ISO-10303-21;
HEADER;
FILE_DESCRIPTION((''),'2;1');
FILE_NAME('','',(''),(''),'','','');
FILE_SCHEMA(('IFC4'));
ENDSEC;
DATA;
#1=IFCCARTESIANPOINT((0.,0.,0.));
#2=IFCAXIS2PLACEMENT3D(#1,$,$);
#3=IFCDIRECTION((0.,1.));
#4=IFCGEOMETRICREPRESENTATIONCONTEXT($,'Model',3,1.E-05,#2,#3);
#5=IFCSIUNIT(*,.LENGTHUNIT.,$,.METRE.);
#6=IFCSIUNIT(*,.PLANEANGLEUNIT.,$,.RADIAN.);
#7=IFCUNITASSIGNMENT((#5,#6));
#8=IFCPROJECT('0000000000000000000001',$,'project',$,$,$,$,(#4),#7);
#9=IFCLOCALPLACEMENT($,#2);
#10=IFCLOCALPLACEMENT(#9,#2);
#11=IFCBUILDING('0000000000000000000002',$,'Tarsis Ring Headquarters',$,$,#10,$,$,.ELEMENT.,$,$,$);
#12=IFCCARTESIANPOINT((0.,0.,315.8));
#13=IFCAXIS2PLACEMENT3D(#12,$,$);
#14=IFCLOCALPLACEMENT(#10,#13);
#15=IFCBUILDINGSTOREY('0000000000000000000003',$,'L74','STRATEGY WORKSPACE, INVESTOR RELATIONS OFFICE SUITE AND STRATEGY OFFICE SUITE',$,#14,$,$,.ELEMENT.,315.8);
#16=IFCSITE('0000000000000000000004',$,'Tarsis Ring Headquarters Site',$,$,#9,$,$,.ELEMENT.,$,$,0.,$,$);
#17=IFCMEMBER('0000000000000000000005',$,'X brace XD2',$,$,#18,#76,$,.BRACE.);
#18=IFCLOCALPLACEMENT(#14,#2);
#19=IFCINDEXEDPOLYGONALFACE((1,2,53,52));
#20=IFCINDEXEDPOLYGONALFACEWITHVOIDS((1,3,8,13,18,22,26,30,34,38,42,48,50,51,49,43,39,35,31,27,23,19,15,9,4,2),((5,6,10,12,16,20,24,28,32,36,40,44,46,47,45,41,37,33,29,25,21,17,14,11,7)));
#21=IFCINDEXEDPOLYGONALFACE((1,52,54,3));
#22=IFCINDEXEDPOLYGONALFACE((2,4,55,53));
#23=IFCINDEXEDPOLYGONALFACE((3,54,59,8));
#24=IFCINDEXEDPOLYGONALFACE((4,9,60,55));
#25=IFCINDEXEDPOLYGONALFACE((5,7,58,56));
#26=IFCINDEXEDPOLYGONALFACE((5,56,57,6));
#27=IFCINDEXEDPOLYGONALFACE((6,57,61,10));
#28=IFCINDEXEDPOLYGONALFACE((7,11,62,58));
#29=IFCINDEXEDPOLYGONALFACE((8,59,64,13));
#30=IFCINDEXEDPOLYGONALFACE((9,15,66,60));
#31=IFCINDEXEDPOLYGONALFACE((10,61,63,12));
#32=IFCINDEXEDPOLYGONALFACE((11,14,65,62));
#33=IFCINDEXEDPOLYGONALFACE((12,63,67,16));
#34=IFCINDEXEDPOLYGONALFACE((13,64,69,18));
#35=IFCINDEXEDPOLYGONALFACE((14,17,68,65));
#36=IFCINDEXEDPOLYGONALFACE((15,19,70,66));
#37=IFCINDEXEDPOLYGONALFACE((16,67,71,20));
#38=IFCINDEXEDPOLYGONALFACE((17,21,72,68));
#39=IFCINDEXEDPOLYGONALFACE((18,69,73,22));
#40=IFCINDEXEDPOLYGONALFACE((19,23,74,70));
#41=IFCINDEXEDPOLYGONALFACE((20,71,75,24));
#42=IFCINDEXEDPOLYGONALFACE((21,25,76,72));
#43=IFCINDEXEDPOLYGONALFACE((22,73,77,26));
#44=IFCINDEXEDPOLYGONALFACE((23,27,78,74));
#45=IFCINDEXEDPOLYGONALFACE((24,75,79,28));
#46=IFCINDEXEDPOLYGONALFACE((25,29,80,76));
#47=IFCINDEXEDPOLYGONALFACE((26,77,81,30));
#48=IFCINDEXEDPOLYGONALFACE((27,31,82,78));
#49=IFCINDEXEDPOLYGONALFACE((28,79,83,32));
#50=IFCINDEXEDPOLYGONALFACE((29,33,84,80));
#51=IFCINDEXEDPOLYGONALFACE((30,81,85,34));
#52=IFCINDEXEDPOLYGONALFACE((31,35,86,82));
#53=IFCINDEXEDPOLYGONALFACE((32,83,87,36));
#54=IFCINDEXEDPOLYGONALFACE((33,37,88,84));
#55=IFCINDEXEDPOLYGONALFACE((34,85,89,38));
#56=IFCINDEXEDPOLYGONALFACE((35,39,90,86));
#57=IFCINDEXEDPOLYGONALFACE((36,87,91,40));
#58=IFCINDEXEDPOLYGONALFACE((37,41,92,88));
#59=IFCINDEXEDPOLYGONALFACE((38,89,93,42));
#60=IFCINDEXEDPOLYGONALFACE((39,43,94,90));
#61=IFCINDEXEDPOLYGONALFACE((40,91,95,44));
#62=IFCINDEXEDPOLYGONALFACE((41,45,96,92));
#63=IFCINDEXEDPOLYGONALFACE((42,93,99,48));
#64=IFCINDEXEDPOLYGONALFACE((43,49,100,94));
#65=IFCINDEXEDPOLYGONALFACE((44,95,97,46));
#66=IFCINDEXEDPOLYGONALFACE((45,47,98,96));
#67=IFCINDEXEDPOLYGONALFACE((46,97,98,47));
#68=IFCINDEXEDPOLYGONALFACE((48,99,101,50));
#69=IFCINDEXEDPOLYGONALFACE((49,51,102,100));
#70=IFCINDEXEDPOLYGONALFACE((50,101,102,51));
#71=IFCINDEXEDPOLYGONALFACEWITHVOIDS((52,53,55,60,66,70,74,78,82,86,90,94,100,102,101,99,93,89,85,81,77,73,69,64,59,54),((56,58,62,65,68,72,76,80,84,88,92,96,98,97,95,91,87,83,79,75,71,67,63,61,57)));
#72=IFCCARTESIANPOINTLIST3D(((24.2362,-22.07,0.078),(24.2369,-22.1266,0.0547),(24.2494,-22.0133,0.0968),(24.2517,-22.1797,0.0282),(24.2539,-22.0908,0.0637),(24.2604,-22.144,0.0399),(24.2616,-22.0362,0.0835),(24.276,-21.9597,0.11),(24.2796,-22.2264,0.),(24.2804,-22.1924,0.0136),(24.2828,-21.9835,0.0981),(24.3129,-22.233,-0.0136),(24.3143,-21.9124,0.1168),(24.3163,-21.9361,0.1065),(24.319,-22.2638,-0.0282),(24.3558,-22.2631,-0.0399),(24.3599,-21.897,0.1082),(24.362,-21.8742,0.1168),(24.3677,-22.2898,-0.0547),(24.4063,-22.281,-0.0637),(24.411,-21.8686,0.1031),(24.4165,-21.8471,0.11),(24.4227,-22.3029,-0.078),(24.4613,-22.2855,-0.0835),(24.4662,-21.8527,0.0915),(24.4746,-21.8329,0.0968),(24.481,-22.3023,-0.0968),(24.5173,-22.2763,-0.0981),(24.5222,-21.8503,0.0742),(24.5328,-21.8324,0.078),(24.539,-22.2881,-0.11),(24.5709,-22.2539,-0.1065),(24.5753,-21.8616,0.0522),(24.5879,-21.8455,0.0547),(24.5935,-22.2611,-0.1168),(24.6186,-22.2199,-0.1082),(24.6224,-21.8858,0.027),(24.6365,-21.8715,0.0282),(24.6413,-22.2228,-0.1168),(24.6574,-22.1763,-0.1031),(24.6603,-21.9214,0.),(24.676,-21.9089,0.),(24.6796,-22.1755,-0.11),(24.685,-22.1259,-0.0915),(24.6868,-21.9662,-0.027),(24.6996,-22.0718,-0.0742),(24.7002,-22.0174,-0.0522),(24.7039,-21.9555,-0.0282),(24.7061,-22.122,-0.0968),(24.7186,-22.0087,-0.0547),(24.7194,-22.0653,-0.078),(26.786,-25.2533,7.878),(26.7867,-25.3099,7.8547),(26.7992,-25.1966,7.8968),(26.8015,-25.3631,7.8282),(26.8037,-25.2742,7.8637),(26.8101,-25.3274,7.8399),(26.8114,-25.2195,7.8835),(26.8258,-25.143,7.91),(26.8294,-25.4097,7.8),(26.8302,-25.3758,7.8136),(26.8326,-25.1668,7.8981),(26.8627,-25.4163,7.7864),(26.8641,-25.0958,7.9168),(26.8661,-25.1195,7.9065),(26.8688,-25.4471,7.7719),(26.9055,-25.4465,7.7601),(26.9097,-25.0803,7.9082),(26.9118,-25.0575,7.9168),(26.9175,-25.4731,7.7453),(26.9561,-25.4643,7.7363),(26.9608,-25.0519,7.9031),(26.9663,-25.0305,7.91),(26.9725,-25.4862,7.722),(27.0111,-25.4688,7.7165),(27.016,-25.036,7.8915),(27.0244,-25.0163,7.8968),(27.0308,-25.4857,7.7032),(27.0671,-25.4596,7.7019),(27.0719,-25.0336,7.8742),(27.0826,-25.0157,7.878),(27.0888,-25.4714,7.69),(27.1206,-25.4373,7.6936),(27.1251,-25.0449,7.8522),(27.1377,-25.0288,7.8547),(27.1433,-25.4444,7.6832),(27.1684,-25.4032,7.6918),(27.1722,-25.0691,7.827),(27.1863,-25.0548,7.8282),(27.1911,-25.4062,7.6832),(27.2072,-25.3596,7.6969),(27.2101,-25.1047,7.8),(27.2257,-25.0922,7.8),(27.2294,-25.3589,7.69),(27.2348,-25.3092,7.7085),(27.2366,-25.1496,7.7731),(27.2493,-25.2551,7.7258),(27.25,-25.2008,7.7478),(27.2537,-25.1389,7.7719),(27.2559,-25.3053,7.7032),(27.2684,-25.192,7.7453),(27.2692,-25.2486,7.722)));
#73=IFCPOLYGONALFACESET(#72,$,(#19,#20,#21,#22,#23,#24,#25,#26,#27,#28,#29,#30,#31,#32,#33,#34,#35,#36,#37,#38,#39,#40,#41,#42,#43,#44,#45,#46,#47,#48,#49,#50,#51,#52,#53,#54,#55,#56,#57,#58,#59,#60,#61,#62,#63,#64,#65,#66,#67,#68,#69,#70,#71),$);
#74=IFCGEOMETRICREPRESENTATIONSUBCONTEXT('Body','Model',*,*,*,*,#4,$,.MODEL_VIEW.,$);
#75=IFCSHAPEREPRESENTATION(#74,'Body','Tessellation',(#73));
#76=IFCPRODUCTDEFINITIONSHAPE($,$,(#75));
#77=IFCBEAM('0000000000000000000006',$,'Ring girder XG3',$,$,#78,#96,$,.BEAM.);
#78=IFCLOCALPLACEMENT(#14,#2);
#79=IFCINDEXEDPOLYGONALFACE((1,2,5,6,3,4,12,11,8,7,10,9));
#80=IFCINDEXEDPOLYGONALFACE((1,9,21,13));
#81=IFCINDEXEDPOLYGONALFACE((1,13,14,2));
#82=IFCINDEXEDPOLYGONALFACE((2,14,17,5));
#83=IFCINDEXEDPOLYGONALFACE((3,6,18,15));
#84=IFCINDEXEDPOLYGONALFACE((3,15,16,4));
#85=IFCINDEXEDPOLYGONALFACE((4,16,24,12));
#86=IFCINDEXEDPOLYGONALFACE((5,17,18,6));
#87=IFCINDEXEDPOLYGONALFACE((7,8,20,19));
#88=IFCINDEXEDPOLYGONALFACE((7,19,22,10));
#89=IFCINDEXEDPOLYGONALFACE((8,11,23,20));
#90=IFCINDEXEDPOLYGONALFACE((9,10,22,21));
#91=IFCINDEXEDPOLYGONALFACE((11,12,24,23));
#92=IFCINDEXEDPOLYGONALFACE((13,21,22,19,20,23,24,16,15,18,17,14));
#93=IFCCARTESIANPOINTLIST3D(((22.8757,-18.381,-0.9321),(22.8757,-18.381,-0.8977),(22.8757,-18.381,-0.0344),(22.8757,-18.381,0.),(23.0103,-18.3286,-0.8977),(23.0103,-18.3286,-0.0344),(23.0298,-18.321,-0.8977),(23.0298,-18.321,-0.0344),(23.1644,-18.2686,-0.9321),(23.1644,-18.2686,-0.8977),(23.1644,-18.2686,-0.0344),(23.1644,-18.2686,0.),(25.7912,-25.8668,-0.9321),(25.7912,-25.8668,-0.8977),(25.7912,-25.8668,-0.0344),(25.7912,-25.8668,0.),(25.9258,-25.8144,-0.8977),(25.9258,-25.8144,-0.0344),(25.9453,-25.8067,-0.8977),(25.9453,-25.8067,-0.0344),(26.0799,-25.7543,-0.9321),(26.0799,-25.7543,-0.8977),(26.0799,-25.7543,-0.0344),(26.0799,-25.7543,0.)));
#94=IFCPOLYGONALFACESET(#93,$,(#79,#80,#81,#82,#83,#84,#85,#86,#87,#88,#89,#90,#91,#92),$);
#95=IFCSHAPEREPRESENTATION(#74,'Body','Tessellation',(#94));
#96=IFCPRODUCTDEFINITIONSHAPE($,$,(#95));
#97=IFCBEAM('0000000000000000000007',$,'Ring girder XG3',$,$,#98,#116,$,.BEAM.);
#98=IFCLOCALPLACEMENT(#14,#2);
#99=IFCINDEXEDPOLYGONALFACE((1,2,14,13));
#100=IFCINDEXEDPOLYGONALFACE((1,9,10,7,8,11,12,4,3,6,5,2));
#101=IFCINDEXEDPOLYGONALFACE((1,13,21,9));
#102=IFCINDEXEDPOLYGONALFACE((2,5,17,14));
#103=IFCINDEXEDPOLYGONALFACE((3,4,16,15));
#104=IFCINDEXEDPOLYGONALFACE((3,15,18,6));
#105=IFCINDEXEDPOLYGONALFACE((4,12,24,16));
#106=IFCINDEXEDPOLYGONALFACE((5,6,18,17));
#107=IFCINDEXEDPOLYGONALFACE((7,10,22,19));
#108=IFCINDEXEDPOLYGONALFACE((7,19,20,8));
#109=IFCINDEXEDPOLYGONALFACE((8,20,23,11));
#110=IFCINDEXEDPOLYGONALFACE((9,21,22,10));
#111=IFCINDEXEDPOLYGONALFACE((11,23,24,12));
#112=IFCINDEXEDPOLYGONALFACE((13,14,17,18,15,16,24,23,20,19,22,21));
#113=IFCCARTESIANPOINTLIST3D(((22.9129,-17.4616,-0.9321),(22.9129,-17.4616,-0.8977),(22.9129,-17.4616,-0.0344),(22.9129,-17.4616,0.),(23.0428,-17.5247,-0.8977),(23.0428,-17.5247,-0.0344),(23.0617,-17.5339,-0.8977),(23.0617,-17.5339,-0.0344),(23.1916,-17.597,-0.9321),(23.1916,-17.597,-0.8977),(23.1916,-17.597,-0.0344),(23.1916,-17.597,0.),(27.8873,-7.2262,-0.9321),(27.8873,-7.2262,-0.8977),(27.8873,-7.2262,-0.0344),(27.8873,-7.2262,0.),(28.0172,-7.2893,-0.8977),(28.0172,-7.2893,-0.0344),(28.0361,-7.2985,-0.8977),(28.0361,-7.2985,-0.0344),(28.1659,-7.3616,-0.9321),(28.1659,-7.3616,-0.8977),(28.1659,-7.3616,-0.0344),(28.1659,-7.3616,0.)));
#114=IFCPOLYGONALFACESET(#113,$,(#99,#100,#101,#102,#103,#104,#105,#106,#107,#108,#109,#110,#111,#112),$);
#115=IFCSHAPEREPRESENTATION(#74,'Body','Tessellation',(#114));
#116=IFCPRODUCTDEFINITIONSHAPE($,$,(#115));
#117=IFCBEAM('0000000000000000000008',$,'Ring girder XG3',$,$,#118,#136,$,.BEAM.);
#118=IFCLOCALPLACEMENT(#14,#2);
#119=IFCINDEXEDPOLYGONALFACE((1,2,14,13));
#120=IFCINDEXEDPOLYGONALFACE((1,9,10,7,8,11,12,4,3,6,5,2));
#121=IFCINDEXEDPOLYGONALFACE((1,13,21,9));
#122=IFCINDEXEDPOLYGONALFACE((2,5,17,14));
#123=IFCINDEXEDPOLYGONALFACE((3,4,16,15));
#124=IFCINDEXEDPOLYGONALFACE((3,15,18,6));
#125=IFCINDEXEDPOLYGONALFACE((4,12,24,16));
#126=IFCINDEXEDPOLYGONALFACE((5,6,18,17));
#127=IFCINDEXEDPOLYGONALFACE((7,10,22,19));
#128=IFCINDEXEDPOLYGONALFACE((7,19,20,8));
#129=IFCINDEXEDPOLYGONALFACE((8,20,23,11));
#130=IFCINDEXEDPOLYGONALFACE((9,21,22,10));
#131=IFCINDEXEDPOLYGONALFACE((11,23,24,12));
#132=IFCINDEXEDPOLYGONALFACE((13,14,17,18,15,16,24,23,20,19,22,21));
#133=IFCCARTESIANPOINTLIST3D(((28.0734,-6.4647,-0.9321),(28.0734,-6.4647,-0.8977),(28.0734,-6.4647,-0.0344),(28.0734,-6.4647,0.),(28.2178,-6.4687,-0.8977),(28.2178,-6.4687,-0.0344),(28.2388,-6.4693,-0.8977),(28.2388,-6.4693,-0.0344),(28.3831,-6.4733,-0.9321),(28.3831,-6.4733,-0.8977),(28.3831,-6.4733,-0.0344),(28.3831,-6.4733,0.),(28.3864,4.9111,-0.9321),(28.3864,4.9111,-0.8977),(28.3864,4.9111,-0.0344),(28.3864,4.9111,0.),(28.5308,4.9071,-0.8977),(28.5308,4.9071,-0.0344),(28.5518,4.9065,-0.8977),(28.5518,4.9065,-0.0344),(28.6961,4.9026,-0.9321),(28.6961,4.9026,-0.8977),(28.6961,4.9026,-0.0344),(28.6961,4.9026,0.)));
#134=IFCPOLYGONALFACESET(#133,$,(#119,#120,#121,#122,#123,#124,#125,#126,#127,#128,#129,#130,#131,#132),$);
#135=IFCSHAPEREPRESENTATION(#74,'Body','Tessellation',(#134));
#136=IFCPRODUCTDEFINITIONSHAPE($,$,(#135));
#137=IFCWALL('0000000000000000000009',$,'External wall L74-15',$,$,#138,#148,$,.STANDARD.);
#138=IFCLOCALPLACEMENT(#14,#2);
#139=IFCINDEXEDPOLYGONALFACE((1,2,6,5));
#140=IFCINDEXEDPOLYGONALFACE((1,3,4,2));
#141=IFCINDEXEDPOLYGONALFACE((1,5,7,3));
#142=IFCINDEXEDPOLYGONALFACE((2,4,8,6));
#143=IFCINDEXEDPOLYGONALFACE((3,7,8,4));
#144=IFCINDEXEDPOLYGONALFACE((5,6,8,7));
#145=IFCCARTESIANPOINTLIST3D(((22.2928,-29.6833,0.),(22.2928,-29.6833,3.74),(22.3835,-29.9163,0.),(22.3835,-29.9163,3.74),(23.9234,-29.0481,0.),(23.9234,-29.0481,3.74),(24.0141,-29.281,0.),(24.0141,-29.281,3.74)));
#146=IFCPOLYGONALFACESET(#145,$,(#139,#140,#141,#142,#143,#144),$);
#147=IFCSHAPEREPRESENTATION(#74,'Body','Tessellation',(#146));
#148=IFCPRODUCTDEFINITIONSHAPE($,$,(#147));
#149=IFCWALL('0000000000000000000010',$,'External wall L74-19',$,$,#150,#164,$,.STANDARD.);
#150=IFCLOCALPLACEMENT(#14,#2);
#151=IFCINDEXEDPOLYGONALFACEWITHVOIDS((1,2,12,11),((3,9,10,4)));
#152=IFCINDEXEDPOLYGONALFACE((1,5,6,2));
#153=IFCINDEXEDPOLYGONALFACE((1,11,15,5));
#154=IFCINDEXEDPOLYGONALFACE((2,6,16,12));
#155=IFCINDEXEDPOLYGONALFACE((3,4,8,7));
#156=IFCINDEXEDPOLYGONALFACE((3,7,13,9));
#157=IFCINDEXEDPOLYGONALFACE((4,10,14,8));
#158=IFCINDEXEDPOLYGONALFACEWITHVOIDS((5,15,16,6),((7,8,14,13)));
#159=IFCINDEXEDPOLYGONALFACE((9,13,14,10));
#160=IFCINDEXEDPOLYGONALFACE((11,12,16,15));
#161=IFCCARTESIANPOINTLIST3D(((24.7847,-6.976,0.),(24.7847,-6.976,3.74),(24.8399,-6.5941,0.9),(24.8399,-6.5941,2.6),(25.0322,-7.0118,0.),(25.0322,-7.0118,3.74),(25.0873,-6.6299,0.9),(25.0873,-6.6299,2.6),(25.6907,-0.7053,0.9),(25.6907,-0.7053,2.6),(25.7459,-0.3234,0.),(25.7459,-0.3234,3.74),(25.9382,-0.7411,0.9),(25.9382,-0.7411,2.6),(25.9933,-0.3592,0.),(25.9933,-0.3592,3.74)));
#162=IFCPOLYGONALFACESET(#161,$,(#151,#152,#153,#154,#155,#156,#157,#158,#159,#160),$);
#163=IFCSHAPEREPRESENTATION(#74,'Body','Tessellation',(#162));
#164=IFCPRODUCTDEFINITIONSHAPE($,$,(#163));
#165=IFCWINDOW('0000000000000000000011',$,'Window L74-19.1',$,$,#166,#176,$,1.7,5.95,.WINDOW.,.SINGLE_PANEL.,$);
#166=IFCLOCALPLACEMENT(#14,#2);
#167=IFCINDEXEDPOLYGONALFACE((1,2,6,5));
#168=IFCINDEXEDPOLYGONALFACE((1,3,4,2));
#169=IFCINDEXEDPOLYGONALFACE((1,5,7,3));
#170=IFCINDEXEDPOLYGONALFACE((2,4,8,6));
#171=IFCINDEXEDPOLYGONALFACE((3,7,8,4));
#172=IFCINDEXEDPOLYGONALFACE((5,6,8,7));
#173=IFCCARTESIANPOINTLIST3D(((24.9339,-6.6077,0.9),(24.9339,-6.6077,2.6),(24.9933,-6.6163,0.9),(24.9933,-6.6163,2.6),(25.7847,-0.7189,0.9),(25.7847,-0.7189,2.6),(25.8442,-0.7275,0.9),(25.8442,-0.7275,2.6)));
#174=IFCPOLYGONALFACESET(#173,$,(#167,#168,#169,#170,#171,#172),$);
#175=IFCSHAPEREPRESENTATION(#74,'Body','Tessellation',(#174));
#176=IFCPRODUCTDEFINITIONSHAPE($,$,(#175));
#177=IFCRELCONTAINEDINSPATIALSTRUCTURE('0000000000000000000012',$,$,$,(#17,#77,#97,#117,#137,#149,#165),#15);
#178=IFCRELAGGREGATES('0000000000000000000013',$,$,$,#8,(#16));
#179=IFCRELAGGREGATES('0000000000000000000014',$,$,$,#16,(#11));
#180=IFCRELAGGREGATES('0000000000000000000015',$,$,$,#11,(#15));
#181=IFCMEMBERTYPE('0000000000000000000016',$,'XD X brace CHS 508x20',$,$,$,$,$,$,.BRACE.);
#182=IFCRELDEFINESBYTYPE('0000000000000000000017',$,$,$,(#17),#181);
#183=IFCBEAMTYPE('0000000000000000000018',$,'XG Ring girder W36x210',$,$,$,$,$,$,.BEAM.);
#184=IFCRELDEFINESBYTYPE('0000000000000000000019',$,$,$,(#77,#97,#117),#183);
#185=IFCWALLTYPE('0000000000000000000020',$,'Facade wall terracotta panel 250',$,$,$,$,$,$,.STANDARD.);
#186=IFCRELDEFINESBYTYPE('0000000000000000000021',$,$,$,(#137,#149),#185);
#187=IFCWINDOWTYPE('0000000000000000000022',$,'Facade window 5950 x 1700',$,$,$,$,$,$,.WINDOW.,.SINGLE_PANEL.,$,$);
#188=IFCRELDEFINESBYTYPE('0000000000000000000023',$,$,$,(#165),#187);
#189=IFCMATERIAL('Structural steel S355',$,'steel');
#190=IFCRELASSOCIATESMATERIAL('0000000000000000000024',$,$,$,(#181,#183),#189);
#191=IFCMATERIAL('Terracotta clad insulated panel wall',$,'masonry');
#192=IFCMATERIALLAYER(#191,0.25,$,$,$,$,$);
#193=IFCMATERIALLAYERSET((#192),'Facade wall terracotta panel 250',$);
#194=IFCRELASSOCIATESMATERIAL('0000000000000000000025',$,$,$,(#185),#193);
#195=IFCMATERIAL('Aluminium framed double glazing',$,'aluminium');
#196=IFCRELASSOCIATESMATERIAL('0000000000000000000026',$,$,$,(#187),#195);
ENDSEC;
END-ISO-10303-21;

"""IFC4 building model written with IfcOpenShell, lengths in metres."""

from ifc_helpers import new_model, si_unit, direction, frame, frame_2d, origin, origin_2d, place, context, subcontext, project, spatial, rectangle, hollow_circle, i_section, extrude, material, layer, layer_set, material_profile, profile_set, type_object, element, fill, save


model = new_model("IFC4")

# Units and contexts
model_context = context("Model", 3, precision=1e-05, world=origin(), true_north=direction((0.0, 1.0)))
body_context = subcontext(model_context, "Body", "Model", "MODEL_VIEW")
ifc_project = project(units=[si_unit("LENGTHUNIT", "METRE"), si_unit("PLANEANGLEUNIT", "RADIAN")], contexts=[model_context])

# Site, building, storey
site_placement = place(None, origin())
site = spatial("IfcSite", under=ifc_project, at=site_placement, Name="Tarsis Ring Headquarters Site", CompositionType="ELEMENT", RefElevation=0.0)
building_placement = place(site_placement, origin())
building = spatial("IfcBuilding", under=site, at=building_placement, Name="Tarsis Ring Headquarters", CompositionType="ELEMENT")
storey_placement = place(building_placement, frame((0.0, 0.0, 315.8)))
storey = spatial("IfcBuildingStorey", under=building, at=storey_placement, Name="L74", Description="STRATEGY WORKSPACE, INVESTOR RELATIONS OFFICE SUITE AND STRATEGY OFFICE SUITE", CompositionType="ELEMENT", Elevation=315.8)

# Shared definitions
ifc_material_1 = material(Name="Structural steel S355", Category="steel")

# Member
ifc_material_profile_1 = material_profile(ifc_material_1, hollow_circle(Radius=0.2539, WallThickness=0.02, at=origin_2d()), Name="CHS 508x20")
ifc_profile_set_1 = profile_set([ifc_material_profile_1], Name="Structural steel S355")
member_type = type_object("IfcMemberType", Name="XD X brace CHS 508x20", PredefinedType="BRACE", material=ifc_profile_set_1)
member_1_placement = place(storey_placement, frame((24.4778, -22.0676, 0.0), z_axis=(0.289683, -0.36166, 0.886163), x_axis=(0.780495, 0.625162, 0.0)))
element("IfcMember", 1, at=member_1_placement, inside=storey, type_object=member_type, Name="X brace XD2", PredefinedType="BRACE", context=body_context, shape_type="SweptSolid", body=[
    extrude(hollow_circle(Radius=0.2539, WallThickness=0.02, at=origin_2d()), origin(), (0.0, 0.0, 1.0), 8.802),
])

# Beams
ifc_material_profile_2 = material_profile(ifc_material_1, i_section(OverallWidth=0.3098, OverallDepth=0.9321, WebThickness=0.021, FlangeThickness=0.0344, at=origin_2d()), Name="W36x210")
ifc_profile_set_2 = profile_set([ifc_material_profile_2], Name="Structural steel S355")
beam_type = type_object("IfcBeamType", Name="XG Ring girder W36x210", PredefinedType="BEAM", material=ifc_profile_set_2)
beam_placement = place(storey_placement, frame((25.9355, -25.8105, -0.4661), z_axis=(-0.362918, 0.931821, 0.0), x_axis=(-0.931821, -0.362918, 0.0)))
element("IfcBeam", 2, at=beam_placement, inside=storey, type_object=beam_type, Name="Ring girder XG3", PredefinedType="BEAM", context=body_context, shape_type="SweptSolid", body=[
    extrude(i_section(OverallWidth=0.3098, OverallDepth=0.9321, WebThickness=0.021, FlangeThickness=0.0344, at=origin_2d()), origin(), (0.0, 0.0, 1.0), 8.0334),
])
for number, where, z_axis, x_axis, name in (
    (3, (23.0522, -17.5293, -0.4661), (0.437111, 0.899408, 0.0), (-0.899408, 0.437111, 0.0), "Ring girder XG3"),
    (4, (28.2283, -6.469, -0.4661), (0.027503, 0.999622, 0.0), (-0.999622, 0.027503, 0.0), "Ring girder XG3"),
):
    element("IfcBeam", number, at=place(storey_placement, frame(where, z_axis=z_axis, x_axis=x_axis)), inside=storey, type_object=beam_type, Name=name, PredefinedType="BEAM", context=body_context, shape_type="SweptSolid", body=[
        extrude(i_section(OverallWidth=0.3098, OverallDepth=0.9321, WebThickness=0.021, FlangeThickness=0.0344, at=origin_2d()), origin(), (0.0, 0.0, 1.0), 11.3801),
    ])

# Wall
ifc_material_2 = material(Name="Terracotta clad insulated panel wall", Category="masonry")
ifc_layer = layer(ifc_material_2, 0.25)
ifc_layer_set = layer_set([ifc_layer], Name="Facade wall terracotta panel 250")
wall_type = type_object("IfcWallType", Name="Facade wall terracotta panel 250", PredefinedType="STANDARD", material=ifc_layer_set)
wall_1_placement = place(storey_placement, frame((22.3381, -29.7998, 0.0), z_axis=(0.0, 0.0, 1.0), x_axis=(0.931787, 0.363005, 0.0)))
element("IfcWall", 5, at=wall_1_placement, inside=storey, type_object=wall_type, Name="External wall L74-15", PredefinedType="STANDARD", context=body_context, shape_type="SweptSolid", body=[
    extrude(rectangle(XDim=1.75, YDim=0.25, at=frame_2d((0.875, 0.0))), origin(), (0.0, 0.0, 1.0), 3.74),
])

# Shared definitions
ifc_material_3 = material(Name="Aluminium framed double glazing", Category="aluminium")

# Wall, opening, window
wall_2_placement = place(storey_placement, frame((24.9084, -6.9939, 0.0), z_axis=(0.0, 0.0, 1.0), x_axis=(0.142998, 0.989723, 0.0)))
wall_2 = element("IfcWall", 6, at=wall_2_placement, inside=storey, type_object=wall_type, Name="External wall L74-19", PredefinedType="STANDARD", context=body_context, shape_type="SweptSolid", body=[
    extrude(rectangle(XDim=6.7217, YDim=0.25, at=frame_2d((3.3608, 0.0))), origin(), (0.0, 0.0, 1.0), 3.74),
])
opening_1_placement = place(wall_2_placement, frame((0.3857, 0.0, 0.8999)))
opening_1 = element("IfcOpeningElement", 7, at=opening_1_placement, cuts=wall_2, PredefinedType="OPENING", context=body_context, shape_type="SweptSolid", body=[
    extrude(rectangle(XDim=5.95, YDim=1.7, at=frame_2d((2.9751, 0.8501))), frame((0.0, 0.135, 0.0), z_axis=(0.0, -1.0, 0.0), x_axis=(1.0, 0.0, 0.0)), (0.0, 0.0, 1.0), 0.27),
])
window_type = type_object("IfcWindowType", Name="Facade window 5950 x 1700", PartitioningType="SINGLE_PANEL", PredefinedType="WINDOW", material=ifc_material_3)
window_placement = place(opening_1_placement, origin())
window = element("IfcWindow", 8, at=window_placement, inside=storey, type_object=window_type, Name="Window L74-19.1", OverallHeight=1.7, OverallWidth=5.95, PartitioningType="SINGLE_PANEL", PredefinedType="WINDOW", context=body_context, shape_type="SweptSolid", body=[
    extrude(rectangle(XDim=5.95, YDim=1.7, at=frame_2d((2.9751, 0.8501))), frame((0.0, 0.03, 0.0), z_axis=(0.0, -1.0, 0.0), x_axis=(1.0, 0.0, 0.0)), (0.0, 0.0, 1.0), 0.0601),
])
fill(opening_1, window)

save(model, "model.ifc")
